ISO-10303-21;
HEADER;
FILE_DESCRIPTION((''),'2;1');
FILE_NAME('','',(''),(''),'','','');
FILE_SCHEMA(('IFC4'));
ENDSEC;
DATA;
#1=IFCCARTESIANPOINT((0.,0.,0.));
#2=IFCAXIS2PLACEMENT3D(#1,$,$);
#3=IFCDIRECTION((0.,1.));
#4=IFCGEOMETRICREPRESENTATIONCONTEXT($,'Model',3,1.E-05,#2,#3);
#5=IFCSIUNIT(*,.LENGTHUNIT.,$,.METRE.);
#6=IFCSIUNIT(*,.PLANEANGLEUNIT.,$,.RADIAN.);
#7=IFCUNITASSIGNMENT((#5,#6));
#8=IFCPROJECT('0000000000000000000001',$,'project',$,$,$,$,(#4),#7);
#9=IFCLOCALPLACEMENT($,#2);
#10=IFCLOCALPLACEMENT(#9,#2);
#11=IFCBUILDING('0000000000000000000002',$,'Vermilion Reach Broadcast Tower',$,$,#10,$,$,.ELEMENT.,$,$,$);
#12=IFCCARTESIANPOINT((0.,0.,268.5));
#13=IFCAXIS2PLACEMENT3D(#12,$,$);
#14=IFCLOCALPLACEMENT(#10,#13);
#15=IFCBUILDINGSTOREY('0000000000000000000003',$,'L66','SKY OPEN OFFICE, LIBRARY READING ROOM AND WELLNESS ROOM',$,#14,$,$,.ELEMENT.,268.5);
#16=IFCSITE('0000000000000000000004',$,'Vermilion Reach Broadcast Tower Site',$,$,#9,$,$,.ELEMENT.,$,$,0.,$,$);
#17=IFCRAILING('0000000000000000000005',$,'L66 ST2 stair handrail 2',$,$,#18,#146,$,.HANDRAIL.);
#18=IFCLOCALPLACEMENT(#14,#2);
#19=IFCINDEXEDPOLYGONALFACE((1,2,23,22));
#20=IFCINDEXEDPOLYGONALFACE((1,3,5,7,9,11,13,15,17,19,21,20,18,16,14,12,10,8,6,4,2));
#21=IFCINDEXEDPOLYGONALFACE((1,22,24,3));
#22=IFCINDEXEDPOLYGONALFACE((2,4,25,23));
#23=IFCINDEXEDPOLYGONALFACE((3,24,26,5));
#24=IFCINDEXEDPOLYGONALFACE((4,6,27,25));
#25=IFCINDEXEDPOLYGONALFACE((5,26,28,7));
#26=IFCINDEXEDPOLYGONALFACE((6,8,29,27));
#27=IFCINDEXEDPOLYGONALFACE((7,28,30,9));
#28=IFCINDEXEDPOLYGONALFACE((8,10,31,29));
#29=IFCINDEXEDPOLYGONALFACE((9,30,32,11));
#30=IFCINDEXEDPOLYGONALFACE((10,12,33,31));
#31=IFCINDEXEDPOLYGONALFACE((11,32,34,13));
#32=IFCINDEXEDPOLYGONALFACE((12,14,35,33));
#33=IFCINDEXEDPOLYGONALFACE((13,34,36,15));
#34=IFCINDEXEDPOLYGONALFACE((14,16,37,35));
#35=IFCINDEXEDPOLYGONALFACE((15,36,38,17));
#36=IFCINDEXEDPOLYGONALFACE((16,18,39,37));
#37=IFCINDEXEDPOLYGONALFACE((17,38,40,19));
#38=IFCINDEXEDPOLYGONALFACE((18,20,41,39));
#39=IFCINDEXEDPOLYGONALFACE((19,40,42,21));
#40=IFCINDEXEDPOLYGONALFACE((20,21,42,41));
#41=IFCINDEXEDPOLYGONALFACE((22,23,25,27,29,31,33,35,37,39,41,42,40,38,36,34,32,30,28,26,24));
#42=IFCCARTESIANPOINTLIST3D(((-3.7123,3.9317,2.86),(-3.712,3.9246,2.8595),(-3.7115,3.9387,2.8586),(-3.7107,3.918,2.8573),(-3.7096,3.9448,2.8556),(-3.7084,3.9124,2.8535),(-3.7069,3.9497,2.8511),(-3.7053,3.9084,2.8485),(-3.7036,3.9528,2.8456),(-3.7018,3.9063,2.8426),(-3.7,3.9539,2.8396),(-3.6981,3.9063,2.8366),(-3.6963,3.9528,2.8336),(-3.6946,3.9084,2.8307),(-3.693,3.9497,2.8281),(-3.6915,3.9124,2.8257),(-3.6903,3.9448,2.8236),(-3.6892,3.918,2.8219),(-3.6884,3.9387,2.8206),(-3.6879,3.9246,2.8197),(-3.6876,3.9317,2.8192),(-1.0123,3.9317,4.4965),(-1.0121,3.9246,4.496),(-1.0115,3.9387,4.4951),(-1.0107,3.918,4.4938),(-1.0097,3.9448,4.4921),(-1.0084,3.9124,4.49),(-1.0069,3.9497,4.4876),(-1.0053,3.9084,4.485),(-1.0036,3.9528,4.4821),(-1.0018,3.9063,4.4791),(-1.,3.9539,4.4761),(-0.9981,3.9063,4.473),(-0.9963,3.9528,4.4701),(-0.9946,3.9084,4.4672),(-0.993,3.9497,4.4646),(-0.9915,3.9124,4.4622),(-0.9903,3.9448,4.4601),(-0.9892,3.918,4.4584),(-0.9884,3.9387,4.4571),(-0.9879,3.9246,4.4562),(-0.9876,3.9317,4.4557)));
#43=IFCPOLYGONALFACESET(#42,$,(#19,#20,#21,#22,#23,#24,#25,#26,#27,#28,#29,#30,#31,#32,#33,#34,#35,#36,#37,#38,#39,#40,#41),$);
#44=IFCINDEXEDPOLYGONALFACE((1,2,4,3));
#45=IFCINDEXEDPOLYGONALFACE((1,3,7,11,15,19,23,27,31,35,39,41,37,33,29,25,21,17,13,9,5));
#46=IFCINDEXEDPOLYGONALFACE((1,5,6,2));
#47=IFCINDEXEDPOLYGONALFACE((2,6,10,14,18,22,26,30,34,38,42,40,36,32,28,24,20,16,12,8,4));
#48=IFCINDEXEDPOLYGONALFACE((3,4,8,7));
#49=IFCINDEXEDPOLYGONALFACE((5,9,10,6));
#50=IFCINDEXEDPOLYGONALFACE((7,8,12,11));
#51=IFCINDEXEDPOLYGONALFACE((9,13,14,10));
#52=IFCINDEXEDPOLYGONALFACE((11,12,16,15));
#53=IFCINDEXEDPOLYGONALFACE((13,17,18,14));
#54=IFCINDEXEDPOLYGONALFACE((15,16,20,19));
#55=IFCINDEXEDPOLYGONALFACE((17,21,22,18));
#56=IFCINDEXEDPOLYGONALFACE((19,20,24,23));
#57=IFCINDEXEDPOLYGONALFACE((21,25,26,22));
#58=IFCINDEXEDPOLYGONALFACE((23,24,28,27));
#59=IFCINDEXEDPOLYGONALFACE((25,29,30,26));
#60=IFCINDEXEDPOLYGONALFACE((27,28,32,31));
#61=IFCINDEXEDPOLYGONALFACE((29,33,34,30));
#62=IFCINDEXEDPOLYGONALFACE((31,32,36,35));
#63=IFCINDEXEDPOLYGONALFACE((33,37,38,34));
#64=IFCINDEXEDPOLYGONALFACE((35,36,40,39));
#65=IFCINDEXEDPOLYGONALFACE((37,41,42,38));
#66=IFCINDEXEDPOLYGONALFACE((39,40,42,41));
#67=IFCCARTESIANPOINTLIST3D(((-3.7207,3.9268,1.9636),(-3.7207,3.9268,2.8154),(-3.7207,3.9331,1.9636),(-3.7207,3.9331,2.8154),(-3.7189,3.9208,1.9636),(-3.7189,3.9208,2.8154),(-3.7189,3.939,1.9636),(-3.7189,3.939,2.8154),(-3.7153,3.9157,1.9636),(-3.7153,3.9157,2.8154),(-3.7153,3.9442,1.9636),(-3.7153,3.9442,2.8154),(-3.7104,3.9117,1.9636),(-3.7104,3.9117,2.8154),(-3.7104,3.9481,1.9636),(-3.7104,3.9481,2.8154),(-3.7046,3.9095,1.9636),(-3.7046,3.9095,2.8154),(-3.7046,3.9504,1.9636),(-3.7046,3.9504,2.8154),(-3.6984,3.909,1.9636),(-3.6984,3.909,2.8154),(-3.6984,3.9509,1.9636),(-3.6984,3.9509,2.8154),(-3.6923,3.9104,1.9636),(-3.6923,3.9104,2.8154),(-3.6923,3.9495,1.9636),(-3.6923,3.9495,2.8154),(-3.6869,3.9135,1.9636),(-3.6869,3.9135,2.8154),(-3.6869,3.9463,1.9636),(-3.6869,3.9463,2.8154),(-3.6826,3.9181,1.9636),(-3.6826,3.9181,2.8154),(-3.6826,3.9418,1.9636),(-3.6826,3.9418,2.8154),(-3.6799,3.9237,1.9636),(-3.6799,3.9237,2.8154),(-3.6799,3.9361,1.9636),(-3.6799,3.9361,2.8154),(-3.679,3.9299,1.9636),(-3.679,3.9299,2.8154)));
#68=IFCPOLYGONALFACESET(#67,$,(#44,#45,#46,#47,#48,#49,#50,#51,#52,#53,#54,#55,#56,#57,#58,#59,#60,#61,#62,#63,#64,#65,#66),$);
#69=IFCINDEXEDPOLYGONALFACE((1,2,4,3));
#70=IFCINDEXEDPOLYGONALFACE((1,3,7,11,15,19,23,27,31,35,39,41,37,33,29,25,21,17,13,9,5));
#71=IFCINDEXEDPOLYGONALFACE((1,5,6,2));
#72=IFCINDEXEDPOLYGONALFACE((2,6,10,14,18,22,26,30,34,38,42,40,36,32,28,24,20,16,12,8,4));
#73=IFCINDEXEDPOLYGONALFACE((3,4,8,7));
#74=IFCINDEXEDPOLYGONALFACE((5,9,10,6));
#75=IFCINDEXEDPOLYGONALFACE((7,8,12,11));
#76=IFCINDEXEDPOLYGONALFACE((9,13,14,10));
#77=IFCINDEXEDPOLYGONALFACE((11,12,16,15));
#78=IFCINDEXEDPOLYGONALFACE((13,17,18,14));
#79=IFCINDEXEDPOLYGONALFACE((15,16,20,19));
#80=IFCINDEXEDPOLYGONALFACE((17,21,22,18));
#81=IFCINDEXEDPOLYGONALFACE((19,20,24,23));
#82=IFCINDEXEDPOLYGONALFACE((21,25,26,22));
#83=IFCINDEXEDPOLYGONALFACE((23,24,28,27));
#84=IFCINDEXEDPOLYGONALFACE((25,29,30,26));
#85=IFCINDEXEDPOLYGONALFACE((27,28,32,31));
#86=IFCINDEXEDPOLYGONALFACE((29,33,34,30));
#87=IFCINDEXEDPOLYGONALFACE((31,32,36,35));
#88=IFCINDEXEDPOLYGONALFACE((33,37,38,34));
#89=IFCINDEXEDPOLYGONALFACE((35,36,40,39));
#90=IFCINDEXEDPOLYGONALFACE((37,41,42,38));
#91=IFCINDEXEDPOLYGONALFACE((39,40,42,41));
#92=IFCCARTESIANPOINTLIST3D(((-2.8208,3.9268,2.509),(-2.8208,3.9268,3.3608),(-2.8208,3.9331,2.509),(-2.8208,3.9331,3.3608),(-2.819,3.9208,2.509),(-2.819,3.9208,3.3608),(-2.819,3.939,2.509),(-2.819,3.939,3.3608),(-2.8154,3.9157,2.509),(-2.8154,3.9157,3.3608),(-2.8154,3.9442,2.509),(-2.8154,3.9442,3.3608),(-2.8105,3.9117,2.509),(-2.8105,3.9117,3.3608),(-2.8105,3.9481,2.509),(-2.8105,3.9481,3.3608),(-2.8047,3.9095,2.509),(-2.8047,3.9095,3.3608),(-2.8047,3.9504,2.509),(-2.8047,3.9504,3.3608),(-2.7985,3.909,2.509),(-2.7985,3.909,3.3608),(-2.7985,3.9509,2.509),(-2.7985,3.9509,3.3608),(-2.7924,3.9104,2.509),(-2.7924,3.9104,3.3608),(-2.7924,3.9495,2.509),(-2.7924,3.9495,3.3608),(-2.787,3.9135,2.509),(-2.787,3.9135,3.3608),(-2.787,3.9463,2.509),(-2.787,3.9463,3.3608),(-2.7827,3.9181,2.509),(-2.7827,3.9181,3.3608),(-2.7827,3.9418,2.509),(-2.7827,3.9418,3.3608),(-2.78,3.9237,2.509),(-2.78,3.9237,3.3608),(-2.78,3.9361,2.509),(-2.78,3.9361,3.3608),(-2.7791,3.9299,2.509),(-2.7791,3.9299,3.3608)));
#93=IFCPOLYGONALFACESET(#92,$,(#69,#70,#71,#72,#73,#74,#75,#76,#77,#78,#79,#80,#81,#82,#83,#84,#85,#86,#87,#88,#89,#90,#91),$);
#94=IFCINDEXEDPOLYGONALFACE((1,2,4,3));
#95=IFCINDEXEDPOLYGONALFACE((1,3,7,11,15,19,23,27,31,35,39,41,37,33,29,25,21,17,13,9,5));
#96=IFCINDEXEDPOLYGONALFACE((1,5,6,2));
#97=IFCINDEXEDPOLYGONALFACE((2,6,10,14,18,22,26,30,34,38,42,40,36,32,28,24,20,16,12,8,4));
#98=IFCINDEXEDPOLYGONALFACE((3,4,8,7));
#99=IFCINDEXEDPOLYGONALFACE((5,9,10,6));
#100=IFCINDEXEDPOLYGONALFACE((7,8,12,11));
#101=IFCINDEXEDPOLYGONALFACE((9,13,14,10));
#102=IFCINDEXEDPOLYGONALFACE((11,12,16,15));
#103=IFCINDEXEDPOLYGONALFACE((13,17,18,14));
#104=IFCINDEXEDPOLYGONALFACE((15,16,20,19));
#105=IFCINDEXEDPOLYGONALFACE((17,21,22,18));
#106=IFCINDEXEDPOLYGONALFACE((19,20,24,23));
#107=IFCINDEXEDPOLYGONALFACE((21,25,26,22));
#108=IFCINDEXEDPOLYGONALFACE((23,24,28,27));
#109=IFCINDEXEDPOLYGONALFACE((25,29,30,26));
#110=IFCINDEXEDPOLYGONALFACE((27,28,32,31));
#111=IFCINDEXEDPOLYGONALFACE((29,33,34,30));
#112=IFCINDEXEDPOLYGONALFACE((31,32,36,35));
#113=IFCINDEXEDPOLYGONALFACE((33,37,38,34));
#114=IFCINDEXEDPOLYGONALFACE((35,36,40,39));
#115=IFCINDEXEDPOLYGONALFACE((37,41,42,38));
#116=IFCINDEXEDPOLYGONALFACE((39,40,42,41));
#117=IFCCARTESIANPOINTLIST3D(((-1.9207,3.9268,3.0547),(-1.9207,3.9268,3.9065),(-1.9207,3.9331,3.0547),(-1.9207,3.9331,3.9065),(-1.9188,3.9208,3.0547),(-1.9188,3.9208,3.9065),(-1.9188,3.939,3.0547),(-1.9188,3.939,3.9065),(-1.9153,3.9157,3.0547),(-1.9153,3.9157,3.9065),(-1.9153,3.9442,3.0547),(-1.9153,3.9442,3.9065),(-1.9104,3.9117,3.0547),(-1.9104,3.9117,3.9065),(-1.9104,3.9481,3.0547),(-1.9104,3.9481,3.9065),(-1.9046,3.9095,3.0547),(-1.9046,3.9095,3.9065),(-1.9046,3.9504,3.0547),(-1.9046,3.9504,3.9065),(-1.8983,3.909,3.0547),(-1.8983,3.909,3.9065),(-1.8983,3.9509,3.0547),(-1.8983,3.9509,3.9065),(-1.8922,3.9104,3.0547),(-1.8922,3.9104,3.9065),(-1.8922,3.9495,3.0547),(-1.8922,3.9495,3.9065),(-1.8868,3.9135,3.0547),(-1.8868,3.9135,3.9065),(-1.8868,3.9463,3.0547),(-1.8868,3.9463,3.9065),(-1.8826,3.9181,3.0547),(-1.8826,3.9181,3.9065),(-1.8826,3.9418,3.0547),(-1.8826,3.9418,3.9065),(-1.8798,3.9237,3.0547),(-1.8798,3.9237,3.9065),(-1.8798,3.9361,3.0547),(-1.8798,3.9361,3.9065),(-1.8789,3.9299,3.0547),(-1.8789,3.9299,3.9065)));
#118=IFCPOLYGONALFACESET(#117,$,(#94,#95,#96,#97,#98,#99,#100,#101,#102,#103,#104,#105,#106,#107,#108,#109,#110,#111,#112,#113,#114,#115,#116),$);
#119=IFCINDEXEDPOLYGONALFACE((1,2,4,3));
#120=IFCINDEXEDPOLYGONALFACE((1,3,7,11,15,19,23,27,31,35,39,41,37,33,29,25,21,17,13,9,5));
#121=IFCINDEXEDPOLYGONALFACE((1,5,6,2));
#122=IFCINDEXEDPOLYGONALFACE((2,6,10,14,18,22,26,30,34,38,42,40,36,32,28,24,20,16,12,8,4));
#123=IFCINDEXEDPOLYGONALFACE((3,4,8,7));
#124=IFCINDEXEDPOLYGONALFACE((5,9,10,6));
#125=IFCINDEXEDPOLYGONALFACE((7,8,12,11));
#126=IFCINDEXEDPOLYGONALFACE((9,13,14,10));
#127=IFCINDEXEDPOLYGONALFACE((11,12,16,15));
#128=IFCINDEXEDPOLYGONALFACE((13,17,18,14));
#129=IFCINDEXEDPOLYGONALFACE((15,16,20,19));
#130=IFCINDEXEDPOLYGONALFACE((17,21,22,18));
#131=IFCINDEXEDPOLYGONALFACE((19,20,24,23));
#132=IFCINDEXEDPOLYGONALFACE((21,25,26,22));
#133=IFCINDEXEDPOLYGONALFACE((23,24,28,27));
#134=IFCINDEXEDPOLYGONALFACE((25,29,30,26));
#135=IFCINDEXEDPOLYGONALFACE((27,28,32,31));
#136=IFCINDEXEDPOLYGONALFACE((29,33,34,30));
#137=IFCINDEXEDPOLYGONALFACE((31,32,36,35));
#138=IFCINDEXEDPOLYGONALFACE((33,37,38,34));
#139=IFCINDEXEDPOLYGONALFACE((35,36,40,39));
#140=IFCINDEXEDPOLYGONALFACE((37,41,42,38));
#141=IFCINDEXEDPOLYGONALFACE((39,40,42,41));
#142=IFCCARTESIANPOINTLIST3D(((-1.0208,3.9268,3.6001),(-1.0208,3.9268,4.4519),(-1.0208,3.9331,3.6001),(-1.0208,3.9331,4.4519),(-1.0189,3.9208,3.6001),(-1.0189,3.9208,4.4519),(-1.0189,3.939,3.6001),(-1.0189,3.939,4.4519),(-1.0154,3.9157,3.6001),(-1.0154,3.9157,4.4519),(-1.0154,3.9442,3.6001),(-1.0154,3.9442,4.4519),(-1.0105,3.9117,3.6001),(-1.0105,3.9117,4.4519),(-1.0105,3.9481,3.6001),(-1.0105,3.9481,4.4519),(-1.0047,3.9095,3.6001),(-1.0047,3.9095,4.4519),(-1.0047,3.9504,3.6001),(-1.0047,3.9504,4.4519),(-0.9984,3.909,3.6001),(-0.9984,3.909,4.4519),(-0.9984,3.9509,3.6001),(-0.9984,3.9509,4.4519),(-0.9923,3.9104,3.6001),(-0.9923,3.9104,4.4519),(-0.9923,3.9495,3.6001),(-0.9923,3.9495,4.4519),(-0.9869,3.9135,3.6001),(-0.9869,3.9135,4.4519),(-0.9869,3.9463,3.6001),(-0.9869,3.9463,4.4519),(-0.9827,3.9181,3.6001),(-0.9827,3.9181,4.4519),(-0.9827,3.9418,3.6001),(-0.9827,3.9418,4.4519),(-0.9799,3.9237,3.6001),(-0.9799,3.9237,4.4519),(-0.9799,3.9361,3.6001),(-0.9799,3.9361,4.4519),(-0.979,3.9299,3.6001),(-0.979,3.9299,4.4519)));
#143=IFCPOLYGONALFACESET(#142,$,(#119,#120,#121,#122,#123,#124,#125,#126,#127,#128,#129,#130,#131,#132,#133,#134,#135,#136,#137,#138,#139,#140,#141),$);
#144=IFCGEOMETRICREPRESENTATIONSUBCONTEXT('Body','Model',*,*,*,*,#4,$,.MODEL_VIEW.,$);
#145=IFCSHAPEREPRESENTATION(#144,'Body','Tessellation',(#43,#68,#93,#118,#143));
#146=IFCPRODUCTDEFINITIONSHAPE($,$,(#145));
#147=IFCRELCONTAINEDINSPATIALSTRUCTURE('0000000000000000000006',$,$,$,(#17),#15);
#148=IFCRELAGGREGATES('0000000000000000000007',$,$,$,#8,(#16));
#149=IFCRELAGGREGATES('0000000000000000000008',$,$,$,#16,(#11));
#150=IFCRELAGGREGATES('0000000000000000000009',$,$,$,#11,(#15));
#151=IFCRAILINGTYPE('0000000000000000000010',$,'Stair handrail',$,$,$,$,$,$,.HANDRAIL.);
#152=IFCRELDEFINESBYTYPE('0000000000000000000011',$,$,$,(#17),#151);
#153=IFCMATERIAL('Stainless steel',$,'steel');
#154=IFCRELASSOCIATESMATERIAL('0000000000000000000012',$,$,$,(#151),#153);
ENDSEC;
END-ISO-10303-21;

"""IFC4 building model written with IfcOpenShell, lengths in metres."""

from ifc_helpers import new_model, si_unit, direction, frame, origin, origin_2d, place, context, subcontext, project, spatial, circle, extrude, material, type_object, element, save


model = new_model("IFC4")

# Units and contexts
model_context = context("Model", 3, precision=1e-05, world=origin(), true_north=direction((0.0, 1.0)))
body_context = subcontext(model_context, "Body", "Model", "MODEL_VIEW")
ifc_project = project(units=[si_unit("LENGTHUNIT", "METRE"), si_unit("PLANEANGLEUNIT", "RADIAN")], contexts=[model_context])

# Site, building, storey
site_placement = place(None, origin())
site = spatial("IfcSite", under=ifc_project, at=site_placement, Name="Vermilion Reach Broadcast Tower Site", CompositionType="ELEMENT", RefElevation=0.0)
building_placement = place(site_placement, origin())
building = spatial("IfcBuilding", under=site, at=building_placement, Name="Vermilion Reach Broadcast Tower", CompositionType="ELEMENT")
storey_placement = place(building_placement, frame((0.0, 0.0, 268.5)))
storey = spatial("IfcBuildingStorey", under=building, at=storey_placement, Name="L66", Description="SKY OPEN OFFICE, LIBRARY READING ROOM AND WELLNESS ROOM", CompositionType="ELEMENT", Elevation=268.5)

# Railing
ifc_material_1 = material(Name="Stainless steel", Category="steel")
railing_type_1 = type_object("IfcRailingType", Name="Stair handrail", PredefinedType="HANDRAIL", material=ifc_material_1)
railing_1_placement = place(storey_placement, frame((-3.7, 3.9299, 1.9636)))
element("IfcRailing", 1, at=railing_1_placement, inside=storey, type_object=railing_type_1, Name="L66 ST2 stair handrail 2", PredefinedType="HANDRAIL", context=body_context, shape_type="SweptSolid", body=[
    extrude(circle(Radius=0.0239, at=origin_2d()), frame((0.0, 0.0, 0.876), z_axis=(0.855178, 0.0, 0.518334), x_axis=(0.0, 1.0, 0.0)), (0.0, 0.0, 1.0), 3.1572),
    extrude(circle(Radius=0.021, at=origin_2d()), origin(), (0.0, 0.0, 1.0), 0.8518),
    extrude(circle(Radius=0.021, at=origin_2d()), frame((0.8999, 0.0, 0.5454)), (0.0, 0.0, 1.0), 0.8518),
    extrude(circle(Radius=0.021, at=origin_2d()), frame((1.8, 0.0, 1.0911)), (0.0, 0.0, 1.0), 0.8518),
    extrude(circle(Radius=0.021, at=origin_2d()), frame((2.7, 0.0, 1.6365)), (0.0, 0.0, 1.0), 0.8518),
])

save(model, "model.ifc")
